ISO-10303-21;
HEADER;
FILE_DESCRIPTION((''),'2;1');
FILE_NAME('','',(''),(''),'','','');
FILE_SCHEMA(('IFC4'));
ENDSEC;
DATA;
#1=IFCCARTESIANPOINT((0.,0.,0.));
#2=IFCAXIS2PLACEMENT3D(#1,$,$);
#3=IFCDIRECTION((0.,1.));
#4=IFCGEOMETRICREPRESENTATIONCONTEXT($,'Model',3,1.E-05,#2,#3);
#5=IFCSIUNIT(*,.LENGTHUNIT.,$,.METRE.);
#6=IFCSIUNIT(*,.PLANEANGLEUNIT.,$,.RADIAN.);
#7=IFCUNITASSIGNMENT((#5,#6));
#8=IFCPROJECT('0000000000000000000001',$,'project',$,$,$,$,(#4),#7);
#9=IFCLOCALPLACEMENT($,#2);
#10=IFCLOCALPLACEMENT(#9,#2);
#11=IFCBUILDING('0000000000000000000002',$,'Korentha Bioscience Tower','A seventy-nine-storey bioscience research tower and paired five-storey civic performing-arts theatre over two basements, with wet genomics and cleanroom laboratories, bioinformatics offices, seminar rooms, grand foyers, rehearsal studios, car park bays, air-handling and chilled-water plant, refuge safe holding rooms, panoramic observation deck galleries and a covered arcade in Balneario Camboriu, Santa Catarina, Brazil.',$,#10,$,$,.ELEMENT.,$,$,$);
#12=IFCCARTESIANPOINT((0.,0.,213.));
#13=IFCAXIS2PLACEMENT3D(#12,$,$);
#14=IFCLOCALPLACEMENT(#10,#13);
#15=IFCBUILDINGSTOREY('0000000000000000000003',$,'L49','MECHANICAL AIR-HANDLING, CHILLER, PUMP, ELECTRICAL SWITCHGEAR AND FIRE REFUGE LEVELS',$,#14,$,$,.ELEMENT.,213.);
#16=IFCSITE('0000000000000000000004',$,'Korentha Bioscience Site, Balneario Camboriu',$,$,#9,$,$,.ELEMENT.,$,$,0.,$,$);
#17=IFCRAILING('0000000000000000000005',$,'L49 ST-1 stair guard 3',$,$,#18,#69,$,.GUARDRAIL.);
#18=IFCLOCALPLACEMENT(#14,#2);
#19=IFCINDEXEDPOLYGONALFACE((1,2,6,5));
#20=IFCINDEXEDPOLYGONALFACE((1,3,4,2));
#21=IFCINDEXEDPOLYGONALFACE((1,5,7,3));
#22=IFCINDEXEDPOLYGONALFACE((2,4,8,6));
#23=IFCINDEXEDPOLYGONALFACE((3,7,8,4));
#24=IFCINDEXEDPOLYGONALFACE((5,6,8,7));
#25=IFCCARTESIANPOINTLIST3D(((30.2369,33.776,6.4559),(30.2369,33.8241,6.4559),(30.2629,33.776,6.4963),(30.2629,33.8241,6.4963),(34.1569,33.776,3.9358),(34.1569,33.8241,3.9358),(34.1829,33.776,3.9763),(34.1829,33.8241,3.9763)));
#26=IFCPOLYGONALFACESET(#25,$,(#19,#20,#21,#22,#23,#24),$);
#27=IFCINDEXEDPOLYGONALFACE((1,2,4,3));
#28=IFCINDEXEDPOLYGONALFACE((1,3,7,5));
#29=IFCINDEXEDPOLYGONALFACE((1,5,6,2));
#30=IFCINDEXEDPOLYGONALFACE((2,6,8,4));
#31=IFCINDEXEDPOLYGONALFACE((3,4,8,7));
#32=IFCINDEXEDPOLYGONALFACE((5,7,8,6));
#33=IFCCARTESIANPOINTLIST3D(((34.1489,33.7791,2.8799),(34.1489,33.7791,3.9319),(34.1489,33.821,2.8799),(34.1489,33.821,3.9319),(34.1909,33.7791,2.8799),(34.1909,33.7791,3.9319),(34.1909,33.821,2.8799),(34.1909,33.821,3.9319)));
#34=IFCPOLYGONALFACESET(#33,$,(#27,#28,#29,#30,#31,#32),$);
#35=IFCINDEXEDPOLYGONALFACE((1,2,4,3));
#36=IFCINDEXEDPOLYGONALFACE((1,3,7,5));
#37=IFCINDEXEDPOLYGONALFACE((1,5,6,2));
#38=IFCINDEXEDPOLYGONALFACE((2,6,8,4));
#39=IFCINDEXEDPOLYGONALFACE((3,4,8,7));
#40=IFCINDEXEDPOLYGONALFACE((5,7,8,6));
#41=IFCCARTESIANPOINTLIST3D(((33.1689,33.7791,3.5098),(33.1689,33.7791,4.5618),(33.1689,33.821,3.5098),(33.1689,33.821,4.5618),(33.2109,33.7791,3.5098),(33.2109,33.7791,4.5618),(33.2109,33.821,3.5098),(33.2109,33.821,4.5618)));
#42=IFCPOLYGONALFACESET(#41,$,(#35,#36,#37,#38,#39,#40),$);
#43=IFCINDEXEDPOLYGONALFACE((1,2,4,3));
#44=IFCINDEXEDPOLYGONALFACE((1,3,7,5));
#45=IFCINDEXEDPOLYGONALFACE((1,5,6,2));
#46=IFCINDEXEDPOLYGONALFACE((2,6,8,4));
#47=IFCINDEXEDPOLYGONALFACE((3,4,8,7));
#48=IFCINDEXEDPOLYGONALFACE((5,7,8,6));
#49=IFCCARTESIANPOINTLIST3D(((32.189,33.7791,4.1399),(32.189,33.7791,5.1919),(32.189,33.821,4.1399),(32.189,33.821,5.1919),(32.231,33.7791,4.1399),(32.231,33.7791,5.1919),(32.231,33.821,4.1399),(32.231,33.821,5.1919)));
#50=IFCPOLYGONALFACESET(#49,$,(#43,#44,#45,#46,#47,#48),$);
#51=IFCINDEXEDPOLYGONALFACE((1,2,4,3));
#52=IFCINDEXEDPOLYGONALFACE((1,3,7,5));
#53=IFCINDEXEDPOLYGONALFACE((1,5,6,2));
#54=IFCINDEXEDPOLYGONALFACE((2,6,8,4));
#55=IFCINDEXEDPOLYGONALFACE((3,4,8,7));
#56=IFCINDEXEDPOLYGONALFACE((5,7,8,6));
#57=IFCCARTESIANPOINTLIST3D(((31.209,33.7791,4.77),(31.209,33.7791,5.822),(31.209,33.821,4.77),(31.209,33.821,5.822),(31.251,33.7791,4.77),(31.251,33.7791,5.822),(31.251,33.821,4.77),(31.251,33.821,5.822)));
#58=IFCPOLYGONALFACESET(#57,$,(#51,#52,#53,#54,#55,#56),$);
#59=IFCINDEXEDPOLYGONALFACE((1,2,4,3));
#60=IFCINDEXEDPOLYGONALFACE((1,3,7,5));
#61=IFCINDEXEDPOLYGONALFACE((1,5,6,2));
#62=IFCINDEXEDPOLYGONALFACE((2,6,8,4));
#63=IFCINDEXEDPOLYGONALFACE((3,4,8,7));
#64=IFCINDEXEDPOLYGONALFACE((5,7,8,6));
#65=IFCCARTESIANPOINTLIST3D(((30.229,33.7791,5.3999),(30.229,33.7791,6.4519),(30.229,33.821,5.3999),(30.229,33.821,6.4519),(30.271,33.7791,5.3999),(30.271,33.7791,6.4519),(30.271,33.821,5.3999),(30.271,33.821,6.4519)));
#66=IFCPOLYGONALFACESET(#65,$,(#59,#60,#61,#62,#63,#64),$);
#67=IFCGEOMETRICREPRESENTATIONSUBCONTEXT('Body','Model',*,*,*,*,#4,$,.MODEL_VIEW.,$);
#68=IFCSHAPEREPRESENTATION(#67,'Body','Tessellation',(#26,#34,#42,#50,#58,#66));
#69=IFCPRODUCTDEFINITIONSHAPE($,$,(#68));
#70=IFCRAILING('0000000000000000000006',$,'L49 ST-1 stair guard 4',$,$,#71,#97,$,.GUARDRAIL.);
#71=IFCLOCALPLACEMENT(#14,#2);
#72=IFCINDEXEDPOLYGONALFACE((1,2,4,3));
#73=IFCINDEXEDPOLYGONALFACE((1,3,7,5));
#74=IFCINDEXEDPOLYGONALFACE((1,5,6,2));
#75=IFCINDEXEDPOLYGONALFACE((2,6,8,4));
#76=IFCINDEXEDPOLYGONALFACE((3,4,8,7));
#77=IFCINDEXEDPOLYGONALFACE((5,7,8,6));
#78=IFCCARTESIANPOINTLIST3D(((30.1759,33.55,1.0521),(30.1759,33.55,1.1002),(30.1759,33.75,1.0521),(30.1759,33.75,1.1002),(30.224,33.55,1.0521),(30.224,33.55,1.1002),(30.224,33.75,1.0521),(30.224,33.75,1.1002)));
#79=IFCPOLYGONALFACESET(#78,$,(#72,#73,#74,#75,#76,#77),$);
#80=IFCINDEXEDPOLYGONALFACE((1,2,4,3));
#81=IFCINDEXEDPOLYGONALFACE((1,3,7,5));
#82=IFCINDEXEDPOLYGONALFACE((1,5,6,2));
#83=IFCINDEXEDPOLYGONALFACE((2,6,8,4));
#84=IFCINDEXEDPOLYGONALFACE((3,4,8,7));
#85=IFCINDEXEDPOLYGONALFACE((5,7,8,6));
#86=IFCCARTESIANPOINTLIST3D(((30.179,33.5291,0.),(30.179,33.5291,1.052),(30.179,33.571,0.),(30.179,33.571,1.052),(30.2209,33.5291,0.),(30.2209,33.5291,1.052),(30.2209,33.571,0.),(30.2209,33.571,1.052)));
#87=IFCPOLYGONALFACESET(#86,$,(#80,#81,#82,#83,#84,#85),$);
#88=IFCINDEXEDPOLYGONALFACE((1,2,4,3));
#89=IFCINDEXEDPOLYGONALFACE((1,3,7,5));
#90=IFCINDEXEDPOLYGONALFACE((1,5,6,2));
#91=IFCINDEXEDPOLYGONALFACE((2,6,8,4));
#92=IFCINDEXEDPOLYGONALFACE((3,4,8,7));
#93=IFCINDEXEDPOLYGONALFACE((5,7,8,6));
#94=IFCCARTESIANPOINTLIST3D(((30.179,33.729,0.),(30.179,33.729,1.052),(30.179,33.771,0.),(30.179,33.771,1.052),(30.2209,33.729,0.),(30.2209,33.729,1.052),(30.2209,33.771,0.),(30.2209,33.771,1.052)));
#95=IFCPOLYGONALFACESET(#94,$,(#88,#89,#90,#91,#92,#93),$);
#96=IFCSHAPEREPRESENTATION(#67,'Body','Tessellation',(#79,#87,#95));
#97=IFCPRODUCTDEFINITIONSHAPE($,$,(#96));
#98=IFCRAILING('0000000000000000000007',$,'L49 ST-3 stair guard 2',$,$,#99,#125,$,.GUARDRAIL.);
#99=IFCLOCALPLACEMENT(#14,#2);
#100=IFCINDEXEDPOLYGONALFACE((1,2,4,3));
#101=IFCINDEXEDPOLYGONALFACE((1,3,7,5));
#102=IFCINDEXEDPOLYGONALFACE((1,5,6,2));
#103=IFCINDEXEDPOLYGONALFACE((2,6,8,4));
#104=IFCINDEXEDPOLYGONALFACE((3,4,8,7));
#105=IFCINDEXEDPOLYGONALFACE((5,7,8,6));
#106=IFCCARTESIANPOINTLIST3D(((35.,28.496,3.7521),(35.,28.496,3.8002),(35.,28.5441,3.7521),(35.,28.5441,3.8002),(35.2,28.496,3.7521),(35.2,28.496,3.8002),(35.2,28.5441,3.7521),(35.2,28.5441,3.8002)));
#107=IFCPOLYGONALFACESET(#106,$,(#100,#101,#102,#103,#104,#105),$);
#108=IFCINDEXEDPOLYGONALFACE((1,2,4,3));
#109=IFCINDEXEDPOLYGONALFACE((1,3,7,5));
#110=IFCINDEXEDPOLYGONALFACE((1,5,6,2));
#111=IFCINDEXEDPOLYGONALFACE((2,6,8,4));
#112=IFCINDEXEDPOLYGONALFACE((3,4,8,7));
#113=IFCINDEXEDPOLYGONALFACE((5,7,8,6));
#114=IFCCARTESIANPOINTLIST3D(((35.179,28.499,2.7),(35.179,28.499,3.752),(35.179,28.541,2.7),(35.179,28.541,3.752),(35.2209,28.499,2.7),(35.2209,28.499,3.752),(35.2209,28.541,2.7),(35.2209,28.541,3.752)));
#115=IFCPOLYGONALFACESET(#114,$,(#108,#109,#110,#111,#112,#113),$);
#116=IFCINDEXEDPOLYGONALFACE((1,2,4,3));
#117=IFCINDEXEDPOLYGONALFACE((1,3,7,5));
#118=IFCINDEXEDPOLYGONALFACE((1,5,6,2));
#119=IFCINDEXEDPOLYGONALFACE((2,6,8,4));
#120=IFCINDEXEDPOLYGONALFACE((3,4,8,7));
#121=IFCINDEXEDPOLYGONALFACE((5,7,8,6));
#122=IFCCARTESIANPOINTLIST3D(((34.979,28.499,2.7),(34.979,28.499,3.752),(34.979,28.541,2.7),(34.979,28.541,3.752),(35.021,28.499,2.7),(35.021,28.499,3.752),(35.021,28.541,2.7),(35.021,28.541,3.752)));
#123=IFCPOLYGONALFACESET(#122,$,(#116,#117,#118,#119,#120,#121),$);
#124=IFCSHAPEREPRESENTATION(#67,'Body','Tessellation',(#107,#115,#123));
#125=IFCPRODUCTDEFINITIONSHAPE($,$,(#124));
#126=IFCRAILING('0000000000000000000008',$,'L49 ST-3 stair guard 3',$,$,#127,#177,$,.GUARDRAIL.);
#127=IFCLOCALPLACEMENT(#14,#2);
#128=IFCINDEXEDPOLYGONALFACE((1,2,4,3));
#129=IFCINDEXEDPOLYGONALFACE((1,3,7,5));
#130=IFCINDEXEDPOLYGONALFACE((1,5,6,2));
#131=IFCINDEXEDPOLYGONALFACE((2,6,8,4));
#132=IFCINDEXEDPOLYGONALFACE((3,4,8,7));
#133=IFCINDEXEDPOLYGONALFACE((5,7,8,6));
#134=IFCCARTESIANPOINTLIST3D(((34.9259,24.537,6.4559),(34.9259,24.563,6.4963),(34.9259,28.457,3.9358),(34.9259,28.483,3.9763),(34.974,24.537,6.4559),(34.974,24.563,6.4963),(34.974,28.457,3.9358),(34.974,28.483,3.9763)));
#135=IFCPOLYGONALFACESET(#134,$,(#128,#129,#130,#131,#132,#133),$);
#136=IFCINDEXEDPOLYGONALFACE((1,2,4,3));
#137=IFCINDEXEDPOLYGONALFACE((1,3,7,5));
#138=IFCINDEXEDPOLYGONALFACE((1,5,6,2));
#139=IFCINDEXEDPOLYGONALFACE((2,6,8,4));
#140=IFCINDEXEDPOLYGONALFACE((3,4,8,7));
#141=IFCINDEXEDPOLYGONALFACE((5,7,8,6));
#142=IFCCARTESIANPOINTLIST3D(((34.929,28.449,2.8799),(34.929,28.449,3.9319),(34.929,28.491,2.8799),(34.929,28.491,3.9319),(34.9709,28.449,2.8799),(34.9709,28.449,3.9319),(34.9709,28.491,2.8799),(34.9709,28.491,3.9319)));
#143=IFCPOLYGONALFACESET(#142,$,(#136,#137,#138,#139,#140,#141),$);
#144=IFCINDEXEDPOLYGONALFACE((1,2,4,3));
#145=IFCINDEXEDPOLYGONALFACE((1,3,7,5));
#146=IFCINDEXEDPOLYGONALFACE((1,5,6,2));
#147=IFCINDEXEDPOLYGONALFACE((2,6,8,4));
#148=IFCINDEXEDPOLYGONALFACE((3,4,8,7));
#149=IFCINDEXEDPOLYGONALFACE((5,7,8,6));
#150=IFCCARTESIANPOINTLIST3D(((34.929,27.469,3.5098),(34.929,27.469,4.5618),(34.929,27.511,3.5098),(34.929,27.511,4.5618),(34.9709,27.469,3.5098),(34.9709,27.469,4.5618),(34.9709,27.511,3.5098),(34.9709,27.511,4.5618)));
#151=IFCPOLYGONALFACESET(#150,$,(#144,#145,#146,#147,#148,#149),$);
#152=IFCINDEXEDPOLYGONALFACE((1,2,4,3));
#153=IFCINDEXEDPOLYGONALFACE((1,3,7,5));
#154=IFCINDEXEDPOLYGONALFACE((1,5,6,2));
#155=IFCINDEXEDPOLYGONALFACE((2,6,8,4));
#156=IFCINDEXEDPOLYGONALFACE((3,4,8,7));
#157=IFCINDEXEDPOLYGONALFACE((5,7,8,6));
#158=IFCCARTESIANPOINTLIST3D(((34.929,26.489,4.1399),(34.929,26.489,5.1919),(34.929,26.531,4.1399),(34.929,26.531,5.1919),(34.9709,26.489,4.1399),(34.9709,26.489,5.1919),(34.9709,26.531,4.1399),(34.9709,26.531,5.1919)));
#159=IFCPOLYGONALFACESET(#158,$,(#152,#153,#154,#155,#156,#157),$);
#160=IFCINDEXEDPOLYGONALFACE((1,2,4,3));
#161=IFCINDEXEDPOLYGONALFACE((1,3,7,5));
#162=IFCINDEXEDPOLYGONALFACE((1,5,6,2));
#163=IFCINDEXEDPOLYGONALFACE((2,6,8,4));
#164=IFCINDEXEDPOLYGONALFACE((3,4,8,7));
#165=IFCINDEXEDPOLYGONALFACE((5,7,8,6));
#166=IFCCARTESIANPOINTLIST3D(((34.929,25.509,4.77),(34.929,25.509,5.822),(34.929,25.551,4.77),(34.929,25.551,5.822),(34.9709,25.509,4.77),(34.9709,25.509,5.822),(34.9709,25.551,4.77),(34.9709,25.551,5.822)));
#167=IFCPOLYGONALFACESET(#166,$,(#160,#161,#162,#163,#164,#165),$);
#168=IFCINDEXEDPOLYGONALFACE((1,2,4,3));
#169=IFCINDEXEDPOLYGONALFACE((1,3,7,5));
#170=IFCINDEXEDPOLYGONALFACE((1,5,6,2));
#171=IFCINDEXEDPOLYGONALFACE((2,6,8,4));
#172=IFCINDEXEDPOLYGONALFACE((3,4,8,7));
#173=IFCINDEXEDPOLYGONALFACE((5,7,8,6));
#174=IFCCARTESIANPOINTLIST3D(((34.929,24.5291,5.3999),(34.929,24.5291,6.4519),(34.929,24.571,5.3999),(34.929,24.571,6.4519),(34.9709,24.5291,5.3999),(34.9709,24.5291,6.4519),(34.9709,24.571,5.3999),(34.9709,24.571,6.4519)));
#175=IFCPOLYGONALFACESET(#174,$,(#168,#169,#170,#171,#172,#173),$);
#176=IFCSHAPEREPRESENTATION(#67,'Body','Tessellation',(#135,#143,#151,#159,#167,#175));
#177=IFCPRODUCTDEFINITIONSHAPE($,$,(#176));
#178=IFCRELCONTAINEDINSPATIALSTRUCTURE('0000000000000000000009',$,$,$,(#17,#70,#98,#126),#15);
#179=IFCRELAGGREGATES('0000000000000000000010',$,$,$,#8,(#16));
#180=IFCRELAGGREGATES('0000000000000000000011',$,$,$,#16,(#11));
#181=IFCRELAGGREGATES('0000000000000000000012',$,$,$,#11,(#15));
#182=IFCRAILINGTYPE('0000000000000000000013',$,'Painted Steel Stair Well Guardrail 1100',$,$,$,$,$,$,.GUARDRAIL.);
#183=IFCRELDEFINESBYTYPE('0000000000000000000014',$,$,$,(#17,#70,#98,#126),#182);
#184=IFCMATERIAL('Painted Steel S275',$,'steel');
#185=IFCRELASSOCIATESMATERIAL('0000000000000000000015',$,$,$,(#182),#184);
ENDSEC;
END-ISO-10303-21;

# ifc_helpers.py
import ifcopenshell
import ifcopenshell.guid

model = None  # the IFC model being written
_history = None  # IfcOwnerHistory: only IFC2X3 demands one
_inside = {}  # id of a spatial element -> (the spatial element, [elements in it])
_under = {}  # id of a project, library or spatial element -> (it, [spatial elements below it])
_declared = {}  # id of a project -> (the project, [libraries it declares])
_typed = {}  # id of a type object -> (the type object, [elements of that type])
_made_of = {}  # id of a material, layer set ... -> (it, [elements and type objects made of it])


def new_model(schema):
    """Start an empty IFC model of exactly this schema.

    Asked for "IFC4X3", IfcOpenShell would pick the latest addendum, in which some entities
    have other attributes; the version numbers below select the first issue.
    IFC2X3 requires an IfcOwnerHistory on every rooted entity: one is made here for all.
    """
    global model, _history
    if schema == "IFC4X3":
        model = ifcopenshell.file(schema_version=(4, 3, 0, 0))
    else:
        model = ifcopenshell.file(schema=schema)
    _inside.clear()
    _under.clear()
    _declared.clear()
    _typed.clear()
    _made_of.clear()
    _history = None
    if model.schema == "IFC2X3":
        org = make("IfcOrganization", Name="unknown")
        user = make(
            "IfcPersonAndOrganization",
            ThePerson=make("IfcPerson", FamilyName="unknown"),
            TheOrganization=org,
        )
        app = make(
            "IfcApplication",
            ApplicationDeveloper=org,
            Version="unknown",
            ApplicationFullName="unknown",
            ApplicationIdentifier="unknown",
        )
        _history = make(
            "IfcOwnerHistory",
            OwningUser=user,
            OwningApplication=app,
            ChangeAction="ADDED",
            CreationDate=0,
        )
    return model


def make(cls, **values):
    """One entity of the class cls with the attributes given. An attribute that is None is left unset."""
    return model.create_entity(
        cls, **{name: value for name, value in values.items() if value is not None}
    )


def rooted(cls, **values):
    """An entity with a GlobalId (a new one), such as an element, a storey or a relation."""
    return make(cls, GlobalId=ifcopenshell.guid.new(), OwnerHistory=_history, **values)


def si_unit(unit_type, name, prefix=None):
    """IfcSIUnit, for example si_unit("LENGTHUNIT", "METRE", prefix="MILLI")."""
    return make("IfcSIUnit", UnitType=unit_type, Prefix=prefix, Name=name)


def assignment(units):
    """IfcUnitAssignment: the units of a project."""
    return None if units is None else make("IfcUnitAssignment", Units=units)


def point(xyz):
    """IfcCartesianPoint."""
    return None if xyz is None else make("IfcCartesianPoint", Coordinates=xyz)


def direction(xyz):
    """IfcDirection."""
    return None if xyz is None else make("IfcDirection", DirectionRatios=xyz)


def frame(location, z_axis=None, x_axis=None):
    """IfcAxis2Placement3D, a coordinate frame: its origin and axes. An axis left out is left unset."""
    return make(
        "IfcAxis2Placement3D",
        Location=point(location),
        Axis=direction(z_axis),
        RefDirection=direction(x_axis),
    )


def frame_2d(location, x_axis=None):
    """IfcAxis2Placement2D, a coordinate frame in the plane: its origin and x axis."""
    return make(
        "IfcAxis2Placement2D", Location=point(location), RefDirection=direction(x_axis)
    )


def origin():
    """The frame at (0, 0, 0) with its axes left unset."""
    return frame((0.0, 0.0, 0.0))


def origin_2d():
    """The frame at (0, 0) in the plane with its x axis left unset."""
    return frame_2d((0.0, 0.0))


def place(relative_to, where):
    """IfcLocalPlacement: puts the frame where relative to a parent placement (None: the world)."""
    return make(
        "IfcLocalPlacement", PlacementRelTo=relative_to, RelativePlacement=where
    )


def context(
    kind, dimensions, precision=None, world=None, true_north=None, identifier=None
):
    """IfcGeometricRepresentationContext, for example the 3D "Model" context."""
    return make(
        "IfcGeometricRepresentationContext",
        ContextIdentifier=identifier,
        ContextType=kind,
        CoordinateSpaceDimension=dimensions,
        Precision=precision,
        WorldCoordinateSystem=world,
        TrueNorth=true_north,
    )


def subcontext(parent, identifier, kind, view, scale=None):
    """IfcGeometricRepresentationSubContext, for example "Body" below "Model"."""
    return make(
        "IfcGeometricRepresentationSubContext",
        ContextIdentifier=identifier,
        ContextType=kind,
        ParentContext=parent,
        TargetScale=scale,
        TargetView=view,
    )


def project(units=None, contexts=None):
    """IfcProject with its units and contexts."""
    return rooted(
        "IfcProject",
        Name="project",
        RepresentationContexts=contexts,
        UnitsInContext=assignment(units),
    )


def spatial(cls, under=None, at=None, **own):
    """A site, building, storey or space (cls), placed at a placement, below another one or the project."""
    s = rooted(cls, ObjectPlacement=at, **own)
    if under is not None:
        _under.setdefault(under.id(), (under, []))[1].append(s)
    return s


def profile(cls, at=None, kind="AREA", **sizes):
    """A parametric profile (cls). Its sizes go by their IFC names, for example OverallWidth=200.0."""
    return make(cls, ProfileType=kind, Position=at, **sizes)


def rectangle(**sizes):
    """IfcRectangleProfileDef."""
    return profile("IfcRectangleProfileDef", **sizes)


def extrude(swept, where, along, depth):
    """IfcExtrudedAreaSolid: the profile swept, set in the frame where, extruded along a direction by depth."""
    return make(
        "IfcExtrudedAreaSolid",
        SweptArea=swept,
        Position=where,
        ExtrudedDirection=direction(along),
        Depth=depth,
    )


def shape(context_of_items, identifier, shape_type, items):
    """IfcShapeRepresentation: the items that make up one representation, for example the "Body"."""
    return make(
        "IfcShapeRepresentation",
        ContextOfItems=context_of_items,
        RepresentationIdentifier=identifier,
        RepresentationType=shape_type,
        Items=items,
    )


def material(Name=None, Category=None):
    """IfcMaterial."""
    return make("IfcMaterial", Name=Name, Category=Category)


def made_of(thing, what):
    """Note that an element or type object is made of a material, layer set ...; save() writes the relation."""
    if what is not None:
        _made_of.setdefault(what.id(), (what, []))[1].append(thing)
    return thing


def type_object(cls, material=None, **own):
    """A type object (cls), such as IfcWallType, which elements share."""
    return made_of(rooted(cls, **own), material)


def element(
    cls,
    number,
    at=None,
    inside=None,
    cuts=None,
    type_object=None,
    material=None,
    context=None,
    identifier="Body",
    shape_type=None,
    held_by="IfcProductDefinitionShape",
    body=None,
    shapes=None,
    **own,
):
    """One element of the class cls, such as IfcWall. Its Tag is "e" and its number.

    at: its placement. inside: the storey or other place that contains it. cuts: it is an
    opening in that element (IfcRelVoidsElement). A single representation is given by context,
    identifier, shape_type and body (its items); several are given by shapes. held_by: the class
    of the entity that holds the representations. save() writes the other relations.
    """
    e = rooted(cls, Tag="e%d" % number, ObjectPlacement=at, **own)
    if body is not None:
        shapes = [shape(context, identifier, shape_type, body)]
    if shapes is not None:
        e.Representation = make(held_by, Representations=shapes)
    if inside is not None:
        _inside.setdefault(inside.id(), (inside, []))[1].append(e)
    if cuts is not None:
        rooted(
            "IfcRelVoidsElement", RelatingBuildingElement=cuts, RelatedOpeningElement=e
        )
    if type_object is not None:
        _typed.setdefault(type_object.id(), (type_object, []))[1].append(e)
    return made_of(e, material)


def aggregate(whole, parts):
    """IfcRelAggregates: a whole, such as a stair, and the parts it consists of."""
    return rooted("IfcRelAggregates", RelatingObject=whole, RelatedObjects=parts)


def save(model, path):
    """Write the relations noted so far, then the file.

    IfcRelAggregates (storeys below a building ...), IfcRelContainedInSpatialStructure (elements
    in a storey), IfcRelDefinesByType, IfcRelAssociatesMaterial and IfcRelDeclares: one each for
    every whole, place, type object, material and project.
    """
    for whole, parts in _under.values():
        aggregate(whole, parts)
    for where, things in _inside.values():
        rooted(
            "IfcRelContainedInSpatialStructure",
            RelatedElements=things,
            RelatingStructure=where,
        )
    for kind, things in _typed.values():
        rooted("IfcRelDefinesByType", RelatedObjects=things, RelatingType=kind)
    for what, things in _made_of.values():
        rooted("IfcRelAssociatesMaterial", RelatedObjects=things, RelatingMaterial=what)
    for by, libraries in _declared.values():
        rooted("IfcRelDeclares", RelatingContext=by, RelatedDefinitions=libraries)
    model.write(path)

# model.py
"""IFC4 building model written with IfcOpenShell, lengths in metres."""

from ifc_helpers import new_model, si_unit, direction, frame, origin, origin_2d, place, context, subcontext, project, spatial, rectangle, extrude, material, type_object, element, save


model = new_model("IFC4")

# Units and contexts
model_context = context("Model", 3, precision=1e-05, world=origin(), true_north=direction((0.0, 1.0)))
body_context = subcontext(model_context, "Body", "Model", "MODEL_VIEW")
ifc_project = project(units=[si_unit("LENGTHUNIT", "METRE"), si_unit("PLANEANGLEUNIT", "RADIAN")], contexts=[model_context])

# Site, building, storey
site_placement = place(None, origin())
site = spatial("IfcSite", under=ifc_project, at=site_placement, Name="Korentha Bioscience Site, Balneario Camboriu", CompositionType="ELEMENT", RefElevation=0.0)
building_placement = place(site_placement, origin())
building = spatial("IfcBuilding", under=site, at=building_placement, Name="Korentha Bioscience Tower", Description="A seventy-nine-storey bioscience research tower and paired five-storey civic performing-arts theatre over two basements, with wet genomics and cleanroom laboratories, bioinformatics offices, seminar rooms, grand foyers, rehearsal studios, car park bays, air-handling and chilled-water plant, refuge safe holding rooms, panoramic observation deck galleries and a covered arcade in Balneario Camboriu, Santa Catarina, Brazil.", CompositionType="ELEMENT")
storey_placement = place(building_placement, frame((0.0, 0.0, 213.0)))
storey = spatial("IfcBuildingStorey", under=building, at=storey_placement, Name="L49", Description="MECHANICAL AIR-HANDLING, CHILLER, PUMP, ELECTRICAL SWITCHGEAR AND FIRE REFUGE LEVELS", CompositionType="ELEMENT", Elevation=213.0)

# Railings
ifc_material_1 = material(Name="Painted Steel S275", Category="steel")
railing_type_1 = type_object("IfcRailingType", Name="Painted Steel Stair Well Guardrail 1100", PredefinedType="GUARDRAIL", material=ifc_material_1)
railing_1_placement = place(storey_placement, frame((34.1699, 33.8, 2.8799)))
element("IfcRailing", 1, at=railing_1_placement, inside=storey, type_object=railing_type_1, Name="L49 ST-1 stair guard 3", PredefinedType="GUARDRAIL", context=body_context, shape_type="SweptSolid", body=[
    extrude(rectangle(XDim=0.0481, YDim=0.0481, at=origin_2d()), frame((0.0, 0.0, 1.0762), z_axis=(-0.841172, 0.0, 0.540768), x_axis=(0.0, -1.0, 0.0)), (0.0, 0.0, 1.0), 4.6602),
    extrude(rectangle(XDim=0.042, YDim=0.042, at=origin_2d()), origin(), (0.0, 0.0, 1.0), 1.052),
    extrude(rectangle(XDim=0.042, YDim=0.042, at=origin_2d()), frame((-0.98, 0.0, 0.6299)), (0.0, 0.0, 1.0), 1.052),
    extrude(rectangle(XDim=0.042, YDim=0.042, at=origin_2d()), frame((-1.96, 0.0, 1.26)), (0.0, 0.0, 1.0), 1.052),
    extrude(rectangle(XDim=0.042, YDim=0.042, at=origin_2d()), frame((-2.9399, 0.0, 1.8901)), (0.0, 0.0, 1.0), 1.052),
    extrude(rectangle(XDim=0.042, YDim=0.042, at=origin_2d()), frame((-3.9199, 0.0, 2.52)), (0.0, 0.0, 1.0), 1.052),
])
railing_2_placement = place(storey_placement, frame((30.2, 33.55, 0.0)))
element("IfcRailing", 2, at=railing_2_placement, inside=storey, type_object=railing_type_1, Name="L49 ST-1 stair guard 4", PredefinedType="GUARDRAIL", context=body_context, shape_type="SweptSolid", body=[
    extrude(rectangle(XDim=0.0481, YDim=0.0481, at=origin_2d()), frame((0.0, 0.0, 1.0762), z_axis=(0.0, 1.0, 0.0), x_axis=(-1.0, 0.0, 0.0)), (0.0, 0.0, 1.0), 0.2),
    extrude(rectangle(XDim=0.042, YDim=0.042, at=origin_2d()), origin(), (0.0, 0.0, 1.0), 1.052),
    extrude(rectangle(XDim=0.042, YDim=0.042, at=origin_2d()), frame((0.0, 0.2, 0.0)), (0.0, 0.0, 1.0), 1.052),
])
railing_3_placement = place(storey_placement, frame((35.2, 28.52, 2.7)))
element("IfcRailing", 3, at=railing_3_placement, inside=storey, type_object=railing_type_1, Name="L49 ST-3 stair guard 2", PredefinedType="GUARDRAIL", context=body_context, shape_type="SweptSolid", body=[
    extrude(rectangle(XDim=0.0481, YDim=0.0481, at=origin_2d()), frame((0.0, 0.0, 1.0762), z_axis=(-1.0, 0.0, 0.0), x_axis=(0.0, -1.0, 0.0)), (0.0, 0.0, 1.0), 0.2),
    extrude(rectangle(XDim=0.042, YDim=0.042, at=origin_2d()), origin(), (0.0, 0.0, 1.0), 1.052),
    extrude(rectangle(XDim=0.042, YDim=0.042, at=origin_2d()), frame((-0.2, 0.0, 0.0)), (0.0, 0.0, 1.0), 1.052),
])
railing_4_placement = place(storey_placement, frame((34.95, 28.47, 2.8799)))
element("IfcRailing", 4, at=railing_4_placement, inside=storey, type_object=railing_type_1, Name="L49 ST-3 stair guard 3", PredefinedType="GUARDRAIL", context=body_context, shape_type="SweptSolid", body=[
    extrude(rectangle(XDim=0.0481, YDim=0.0481, at=origin_2d()), frame((0.0, 0.0, 1.0762), z_axis=(0.0, -0.841172, 0.540768), x_axis=(1.0, 0.0, 0.0)), (0.0, 0.0, 1.0), 4.6602),
    extrude(rectangle(XDim=0.042, YDim=0.042, at=origin_2d()), origin(), (0.0, 0.0, 1.0), 1.052),
    extrude(rectangle(XDim=0.042, YDim=0.042, at=origin_2d()), frame((0.0, -0.98, 0.6299)), (0.0, 0.0, 1.0), 1.052),
    extrude(rectangle(XDim=0.042, YDim=0.042, at=origin_2d()), frame((0.0, -1.96, 1.26)), (0.0, 0.0, 1.0), 1.052),
    extrude(rectangle(XDim=0.042, YDim=0.042, at=origin_2d()), frame((0.0, -2.9399, 1.8901)), (0.0, 0.0, 1.0), 1.052),
    extrude(rectangle(XDim=0.042, YDim=0.042, at=origin_2d()), frame((0.0, -3.9199, 2.52)), (0.0, 0.0, 1.0), 1.052),
])

save(model, "model.ifc")
